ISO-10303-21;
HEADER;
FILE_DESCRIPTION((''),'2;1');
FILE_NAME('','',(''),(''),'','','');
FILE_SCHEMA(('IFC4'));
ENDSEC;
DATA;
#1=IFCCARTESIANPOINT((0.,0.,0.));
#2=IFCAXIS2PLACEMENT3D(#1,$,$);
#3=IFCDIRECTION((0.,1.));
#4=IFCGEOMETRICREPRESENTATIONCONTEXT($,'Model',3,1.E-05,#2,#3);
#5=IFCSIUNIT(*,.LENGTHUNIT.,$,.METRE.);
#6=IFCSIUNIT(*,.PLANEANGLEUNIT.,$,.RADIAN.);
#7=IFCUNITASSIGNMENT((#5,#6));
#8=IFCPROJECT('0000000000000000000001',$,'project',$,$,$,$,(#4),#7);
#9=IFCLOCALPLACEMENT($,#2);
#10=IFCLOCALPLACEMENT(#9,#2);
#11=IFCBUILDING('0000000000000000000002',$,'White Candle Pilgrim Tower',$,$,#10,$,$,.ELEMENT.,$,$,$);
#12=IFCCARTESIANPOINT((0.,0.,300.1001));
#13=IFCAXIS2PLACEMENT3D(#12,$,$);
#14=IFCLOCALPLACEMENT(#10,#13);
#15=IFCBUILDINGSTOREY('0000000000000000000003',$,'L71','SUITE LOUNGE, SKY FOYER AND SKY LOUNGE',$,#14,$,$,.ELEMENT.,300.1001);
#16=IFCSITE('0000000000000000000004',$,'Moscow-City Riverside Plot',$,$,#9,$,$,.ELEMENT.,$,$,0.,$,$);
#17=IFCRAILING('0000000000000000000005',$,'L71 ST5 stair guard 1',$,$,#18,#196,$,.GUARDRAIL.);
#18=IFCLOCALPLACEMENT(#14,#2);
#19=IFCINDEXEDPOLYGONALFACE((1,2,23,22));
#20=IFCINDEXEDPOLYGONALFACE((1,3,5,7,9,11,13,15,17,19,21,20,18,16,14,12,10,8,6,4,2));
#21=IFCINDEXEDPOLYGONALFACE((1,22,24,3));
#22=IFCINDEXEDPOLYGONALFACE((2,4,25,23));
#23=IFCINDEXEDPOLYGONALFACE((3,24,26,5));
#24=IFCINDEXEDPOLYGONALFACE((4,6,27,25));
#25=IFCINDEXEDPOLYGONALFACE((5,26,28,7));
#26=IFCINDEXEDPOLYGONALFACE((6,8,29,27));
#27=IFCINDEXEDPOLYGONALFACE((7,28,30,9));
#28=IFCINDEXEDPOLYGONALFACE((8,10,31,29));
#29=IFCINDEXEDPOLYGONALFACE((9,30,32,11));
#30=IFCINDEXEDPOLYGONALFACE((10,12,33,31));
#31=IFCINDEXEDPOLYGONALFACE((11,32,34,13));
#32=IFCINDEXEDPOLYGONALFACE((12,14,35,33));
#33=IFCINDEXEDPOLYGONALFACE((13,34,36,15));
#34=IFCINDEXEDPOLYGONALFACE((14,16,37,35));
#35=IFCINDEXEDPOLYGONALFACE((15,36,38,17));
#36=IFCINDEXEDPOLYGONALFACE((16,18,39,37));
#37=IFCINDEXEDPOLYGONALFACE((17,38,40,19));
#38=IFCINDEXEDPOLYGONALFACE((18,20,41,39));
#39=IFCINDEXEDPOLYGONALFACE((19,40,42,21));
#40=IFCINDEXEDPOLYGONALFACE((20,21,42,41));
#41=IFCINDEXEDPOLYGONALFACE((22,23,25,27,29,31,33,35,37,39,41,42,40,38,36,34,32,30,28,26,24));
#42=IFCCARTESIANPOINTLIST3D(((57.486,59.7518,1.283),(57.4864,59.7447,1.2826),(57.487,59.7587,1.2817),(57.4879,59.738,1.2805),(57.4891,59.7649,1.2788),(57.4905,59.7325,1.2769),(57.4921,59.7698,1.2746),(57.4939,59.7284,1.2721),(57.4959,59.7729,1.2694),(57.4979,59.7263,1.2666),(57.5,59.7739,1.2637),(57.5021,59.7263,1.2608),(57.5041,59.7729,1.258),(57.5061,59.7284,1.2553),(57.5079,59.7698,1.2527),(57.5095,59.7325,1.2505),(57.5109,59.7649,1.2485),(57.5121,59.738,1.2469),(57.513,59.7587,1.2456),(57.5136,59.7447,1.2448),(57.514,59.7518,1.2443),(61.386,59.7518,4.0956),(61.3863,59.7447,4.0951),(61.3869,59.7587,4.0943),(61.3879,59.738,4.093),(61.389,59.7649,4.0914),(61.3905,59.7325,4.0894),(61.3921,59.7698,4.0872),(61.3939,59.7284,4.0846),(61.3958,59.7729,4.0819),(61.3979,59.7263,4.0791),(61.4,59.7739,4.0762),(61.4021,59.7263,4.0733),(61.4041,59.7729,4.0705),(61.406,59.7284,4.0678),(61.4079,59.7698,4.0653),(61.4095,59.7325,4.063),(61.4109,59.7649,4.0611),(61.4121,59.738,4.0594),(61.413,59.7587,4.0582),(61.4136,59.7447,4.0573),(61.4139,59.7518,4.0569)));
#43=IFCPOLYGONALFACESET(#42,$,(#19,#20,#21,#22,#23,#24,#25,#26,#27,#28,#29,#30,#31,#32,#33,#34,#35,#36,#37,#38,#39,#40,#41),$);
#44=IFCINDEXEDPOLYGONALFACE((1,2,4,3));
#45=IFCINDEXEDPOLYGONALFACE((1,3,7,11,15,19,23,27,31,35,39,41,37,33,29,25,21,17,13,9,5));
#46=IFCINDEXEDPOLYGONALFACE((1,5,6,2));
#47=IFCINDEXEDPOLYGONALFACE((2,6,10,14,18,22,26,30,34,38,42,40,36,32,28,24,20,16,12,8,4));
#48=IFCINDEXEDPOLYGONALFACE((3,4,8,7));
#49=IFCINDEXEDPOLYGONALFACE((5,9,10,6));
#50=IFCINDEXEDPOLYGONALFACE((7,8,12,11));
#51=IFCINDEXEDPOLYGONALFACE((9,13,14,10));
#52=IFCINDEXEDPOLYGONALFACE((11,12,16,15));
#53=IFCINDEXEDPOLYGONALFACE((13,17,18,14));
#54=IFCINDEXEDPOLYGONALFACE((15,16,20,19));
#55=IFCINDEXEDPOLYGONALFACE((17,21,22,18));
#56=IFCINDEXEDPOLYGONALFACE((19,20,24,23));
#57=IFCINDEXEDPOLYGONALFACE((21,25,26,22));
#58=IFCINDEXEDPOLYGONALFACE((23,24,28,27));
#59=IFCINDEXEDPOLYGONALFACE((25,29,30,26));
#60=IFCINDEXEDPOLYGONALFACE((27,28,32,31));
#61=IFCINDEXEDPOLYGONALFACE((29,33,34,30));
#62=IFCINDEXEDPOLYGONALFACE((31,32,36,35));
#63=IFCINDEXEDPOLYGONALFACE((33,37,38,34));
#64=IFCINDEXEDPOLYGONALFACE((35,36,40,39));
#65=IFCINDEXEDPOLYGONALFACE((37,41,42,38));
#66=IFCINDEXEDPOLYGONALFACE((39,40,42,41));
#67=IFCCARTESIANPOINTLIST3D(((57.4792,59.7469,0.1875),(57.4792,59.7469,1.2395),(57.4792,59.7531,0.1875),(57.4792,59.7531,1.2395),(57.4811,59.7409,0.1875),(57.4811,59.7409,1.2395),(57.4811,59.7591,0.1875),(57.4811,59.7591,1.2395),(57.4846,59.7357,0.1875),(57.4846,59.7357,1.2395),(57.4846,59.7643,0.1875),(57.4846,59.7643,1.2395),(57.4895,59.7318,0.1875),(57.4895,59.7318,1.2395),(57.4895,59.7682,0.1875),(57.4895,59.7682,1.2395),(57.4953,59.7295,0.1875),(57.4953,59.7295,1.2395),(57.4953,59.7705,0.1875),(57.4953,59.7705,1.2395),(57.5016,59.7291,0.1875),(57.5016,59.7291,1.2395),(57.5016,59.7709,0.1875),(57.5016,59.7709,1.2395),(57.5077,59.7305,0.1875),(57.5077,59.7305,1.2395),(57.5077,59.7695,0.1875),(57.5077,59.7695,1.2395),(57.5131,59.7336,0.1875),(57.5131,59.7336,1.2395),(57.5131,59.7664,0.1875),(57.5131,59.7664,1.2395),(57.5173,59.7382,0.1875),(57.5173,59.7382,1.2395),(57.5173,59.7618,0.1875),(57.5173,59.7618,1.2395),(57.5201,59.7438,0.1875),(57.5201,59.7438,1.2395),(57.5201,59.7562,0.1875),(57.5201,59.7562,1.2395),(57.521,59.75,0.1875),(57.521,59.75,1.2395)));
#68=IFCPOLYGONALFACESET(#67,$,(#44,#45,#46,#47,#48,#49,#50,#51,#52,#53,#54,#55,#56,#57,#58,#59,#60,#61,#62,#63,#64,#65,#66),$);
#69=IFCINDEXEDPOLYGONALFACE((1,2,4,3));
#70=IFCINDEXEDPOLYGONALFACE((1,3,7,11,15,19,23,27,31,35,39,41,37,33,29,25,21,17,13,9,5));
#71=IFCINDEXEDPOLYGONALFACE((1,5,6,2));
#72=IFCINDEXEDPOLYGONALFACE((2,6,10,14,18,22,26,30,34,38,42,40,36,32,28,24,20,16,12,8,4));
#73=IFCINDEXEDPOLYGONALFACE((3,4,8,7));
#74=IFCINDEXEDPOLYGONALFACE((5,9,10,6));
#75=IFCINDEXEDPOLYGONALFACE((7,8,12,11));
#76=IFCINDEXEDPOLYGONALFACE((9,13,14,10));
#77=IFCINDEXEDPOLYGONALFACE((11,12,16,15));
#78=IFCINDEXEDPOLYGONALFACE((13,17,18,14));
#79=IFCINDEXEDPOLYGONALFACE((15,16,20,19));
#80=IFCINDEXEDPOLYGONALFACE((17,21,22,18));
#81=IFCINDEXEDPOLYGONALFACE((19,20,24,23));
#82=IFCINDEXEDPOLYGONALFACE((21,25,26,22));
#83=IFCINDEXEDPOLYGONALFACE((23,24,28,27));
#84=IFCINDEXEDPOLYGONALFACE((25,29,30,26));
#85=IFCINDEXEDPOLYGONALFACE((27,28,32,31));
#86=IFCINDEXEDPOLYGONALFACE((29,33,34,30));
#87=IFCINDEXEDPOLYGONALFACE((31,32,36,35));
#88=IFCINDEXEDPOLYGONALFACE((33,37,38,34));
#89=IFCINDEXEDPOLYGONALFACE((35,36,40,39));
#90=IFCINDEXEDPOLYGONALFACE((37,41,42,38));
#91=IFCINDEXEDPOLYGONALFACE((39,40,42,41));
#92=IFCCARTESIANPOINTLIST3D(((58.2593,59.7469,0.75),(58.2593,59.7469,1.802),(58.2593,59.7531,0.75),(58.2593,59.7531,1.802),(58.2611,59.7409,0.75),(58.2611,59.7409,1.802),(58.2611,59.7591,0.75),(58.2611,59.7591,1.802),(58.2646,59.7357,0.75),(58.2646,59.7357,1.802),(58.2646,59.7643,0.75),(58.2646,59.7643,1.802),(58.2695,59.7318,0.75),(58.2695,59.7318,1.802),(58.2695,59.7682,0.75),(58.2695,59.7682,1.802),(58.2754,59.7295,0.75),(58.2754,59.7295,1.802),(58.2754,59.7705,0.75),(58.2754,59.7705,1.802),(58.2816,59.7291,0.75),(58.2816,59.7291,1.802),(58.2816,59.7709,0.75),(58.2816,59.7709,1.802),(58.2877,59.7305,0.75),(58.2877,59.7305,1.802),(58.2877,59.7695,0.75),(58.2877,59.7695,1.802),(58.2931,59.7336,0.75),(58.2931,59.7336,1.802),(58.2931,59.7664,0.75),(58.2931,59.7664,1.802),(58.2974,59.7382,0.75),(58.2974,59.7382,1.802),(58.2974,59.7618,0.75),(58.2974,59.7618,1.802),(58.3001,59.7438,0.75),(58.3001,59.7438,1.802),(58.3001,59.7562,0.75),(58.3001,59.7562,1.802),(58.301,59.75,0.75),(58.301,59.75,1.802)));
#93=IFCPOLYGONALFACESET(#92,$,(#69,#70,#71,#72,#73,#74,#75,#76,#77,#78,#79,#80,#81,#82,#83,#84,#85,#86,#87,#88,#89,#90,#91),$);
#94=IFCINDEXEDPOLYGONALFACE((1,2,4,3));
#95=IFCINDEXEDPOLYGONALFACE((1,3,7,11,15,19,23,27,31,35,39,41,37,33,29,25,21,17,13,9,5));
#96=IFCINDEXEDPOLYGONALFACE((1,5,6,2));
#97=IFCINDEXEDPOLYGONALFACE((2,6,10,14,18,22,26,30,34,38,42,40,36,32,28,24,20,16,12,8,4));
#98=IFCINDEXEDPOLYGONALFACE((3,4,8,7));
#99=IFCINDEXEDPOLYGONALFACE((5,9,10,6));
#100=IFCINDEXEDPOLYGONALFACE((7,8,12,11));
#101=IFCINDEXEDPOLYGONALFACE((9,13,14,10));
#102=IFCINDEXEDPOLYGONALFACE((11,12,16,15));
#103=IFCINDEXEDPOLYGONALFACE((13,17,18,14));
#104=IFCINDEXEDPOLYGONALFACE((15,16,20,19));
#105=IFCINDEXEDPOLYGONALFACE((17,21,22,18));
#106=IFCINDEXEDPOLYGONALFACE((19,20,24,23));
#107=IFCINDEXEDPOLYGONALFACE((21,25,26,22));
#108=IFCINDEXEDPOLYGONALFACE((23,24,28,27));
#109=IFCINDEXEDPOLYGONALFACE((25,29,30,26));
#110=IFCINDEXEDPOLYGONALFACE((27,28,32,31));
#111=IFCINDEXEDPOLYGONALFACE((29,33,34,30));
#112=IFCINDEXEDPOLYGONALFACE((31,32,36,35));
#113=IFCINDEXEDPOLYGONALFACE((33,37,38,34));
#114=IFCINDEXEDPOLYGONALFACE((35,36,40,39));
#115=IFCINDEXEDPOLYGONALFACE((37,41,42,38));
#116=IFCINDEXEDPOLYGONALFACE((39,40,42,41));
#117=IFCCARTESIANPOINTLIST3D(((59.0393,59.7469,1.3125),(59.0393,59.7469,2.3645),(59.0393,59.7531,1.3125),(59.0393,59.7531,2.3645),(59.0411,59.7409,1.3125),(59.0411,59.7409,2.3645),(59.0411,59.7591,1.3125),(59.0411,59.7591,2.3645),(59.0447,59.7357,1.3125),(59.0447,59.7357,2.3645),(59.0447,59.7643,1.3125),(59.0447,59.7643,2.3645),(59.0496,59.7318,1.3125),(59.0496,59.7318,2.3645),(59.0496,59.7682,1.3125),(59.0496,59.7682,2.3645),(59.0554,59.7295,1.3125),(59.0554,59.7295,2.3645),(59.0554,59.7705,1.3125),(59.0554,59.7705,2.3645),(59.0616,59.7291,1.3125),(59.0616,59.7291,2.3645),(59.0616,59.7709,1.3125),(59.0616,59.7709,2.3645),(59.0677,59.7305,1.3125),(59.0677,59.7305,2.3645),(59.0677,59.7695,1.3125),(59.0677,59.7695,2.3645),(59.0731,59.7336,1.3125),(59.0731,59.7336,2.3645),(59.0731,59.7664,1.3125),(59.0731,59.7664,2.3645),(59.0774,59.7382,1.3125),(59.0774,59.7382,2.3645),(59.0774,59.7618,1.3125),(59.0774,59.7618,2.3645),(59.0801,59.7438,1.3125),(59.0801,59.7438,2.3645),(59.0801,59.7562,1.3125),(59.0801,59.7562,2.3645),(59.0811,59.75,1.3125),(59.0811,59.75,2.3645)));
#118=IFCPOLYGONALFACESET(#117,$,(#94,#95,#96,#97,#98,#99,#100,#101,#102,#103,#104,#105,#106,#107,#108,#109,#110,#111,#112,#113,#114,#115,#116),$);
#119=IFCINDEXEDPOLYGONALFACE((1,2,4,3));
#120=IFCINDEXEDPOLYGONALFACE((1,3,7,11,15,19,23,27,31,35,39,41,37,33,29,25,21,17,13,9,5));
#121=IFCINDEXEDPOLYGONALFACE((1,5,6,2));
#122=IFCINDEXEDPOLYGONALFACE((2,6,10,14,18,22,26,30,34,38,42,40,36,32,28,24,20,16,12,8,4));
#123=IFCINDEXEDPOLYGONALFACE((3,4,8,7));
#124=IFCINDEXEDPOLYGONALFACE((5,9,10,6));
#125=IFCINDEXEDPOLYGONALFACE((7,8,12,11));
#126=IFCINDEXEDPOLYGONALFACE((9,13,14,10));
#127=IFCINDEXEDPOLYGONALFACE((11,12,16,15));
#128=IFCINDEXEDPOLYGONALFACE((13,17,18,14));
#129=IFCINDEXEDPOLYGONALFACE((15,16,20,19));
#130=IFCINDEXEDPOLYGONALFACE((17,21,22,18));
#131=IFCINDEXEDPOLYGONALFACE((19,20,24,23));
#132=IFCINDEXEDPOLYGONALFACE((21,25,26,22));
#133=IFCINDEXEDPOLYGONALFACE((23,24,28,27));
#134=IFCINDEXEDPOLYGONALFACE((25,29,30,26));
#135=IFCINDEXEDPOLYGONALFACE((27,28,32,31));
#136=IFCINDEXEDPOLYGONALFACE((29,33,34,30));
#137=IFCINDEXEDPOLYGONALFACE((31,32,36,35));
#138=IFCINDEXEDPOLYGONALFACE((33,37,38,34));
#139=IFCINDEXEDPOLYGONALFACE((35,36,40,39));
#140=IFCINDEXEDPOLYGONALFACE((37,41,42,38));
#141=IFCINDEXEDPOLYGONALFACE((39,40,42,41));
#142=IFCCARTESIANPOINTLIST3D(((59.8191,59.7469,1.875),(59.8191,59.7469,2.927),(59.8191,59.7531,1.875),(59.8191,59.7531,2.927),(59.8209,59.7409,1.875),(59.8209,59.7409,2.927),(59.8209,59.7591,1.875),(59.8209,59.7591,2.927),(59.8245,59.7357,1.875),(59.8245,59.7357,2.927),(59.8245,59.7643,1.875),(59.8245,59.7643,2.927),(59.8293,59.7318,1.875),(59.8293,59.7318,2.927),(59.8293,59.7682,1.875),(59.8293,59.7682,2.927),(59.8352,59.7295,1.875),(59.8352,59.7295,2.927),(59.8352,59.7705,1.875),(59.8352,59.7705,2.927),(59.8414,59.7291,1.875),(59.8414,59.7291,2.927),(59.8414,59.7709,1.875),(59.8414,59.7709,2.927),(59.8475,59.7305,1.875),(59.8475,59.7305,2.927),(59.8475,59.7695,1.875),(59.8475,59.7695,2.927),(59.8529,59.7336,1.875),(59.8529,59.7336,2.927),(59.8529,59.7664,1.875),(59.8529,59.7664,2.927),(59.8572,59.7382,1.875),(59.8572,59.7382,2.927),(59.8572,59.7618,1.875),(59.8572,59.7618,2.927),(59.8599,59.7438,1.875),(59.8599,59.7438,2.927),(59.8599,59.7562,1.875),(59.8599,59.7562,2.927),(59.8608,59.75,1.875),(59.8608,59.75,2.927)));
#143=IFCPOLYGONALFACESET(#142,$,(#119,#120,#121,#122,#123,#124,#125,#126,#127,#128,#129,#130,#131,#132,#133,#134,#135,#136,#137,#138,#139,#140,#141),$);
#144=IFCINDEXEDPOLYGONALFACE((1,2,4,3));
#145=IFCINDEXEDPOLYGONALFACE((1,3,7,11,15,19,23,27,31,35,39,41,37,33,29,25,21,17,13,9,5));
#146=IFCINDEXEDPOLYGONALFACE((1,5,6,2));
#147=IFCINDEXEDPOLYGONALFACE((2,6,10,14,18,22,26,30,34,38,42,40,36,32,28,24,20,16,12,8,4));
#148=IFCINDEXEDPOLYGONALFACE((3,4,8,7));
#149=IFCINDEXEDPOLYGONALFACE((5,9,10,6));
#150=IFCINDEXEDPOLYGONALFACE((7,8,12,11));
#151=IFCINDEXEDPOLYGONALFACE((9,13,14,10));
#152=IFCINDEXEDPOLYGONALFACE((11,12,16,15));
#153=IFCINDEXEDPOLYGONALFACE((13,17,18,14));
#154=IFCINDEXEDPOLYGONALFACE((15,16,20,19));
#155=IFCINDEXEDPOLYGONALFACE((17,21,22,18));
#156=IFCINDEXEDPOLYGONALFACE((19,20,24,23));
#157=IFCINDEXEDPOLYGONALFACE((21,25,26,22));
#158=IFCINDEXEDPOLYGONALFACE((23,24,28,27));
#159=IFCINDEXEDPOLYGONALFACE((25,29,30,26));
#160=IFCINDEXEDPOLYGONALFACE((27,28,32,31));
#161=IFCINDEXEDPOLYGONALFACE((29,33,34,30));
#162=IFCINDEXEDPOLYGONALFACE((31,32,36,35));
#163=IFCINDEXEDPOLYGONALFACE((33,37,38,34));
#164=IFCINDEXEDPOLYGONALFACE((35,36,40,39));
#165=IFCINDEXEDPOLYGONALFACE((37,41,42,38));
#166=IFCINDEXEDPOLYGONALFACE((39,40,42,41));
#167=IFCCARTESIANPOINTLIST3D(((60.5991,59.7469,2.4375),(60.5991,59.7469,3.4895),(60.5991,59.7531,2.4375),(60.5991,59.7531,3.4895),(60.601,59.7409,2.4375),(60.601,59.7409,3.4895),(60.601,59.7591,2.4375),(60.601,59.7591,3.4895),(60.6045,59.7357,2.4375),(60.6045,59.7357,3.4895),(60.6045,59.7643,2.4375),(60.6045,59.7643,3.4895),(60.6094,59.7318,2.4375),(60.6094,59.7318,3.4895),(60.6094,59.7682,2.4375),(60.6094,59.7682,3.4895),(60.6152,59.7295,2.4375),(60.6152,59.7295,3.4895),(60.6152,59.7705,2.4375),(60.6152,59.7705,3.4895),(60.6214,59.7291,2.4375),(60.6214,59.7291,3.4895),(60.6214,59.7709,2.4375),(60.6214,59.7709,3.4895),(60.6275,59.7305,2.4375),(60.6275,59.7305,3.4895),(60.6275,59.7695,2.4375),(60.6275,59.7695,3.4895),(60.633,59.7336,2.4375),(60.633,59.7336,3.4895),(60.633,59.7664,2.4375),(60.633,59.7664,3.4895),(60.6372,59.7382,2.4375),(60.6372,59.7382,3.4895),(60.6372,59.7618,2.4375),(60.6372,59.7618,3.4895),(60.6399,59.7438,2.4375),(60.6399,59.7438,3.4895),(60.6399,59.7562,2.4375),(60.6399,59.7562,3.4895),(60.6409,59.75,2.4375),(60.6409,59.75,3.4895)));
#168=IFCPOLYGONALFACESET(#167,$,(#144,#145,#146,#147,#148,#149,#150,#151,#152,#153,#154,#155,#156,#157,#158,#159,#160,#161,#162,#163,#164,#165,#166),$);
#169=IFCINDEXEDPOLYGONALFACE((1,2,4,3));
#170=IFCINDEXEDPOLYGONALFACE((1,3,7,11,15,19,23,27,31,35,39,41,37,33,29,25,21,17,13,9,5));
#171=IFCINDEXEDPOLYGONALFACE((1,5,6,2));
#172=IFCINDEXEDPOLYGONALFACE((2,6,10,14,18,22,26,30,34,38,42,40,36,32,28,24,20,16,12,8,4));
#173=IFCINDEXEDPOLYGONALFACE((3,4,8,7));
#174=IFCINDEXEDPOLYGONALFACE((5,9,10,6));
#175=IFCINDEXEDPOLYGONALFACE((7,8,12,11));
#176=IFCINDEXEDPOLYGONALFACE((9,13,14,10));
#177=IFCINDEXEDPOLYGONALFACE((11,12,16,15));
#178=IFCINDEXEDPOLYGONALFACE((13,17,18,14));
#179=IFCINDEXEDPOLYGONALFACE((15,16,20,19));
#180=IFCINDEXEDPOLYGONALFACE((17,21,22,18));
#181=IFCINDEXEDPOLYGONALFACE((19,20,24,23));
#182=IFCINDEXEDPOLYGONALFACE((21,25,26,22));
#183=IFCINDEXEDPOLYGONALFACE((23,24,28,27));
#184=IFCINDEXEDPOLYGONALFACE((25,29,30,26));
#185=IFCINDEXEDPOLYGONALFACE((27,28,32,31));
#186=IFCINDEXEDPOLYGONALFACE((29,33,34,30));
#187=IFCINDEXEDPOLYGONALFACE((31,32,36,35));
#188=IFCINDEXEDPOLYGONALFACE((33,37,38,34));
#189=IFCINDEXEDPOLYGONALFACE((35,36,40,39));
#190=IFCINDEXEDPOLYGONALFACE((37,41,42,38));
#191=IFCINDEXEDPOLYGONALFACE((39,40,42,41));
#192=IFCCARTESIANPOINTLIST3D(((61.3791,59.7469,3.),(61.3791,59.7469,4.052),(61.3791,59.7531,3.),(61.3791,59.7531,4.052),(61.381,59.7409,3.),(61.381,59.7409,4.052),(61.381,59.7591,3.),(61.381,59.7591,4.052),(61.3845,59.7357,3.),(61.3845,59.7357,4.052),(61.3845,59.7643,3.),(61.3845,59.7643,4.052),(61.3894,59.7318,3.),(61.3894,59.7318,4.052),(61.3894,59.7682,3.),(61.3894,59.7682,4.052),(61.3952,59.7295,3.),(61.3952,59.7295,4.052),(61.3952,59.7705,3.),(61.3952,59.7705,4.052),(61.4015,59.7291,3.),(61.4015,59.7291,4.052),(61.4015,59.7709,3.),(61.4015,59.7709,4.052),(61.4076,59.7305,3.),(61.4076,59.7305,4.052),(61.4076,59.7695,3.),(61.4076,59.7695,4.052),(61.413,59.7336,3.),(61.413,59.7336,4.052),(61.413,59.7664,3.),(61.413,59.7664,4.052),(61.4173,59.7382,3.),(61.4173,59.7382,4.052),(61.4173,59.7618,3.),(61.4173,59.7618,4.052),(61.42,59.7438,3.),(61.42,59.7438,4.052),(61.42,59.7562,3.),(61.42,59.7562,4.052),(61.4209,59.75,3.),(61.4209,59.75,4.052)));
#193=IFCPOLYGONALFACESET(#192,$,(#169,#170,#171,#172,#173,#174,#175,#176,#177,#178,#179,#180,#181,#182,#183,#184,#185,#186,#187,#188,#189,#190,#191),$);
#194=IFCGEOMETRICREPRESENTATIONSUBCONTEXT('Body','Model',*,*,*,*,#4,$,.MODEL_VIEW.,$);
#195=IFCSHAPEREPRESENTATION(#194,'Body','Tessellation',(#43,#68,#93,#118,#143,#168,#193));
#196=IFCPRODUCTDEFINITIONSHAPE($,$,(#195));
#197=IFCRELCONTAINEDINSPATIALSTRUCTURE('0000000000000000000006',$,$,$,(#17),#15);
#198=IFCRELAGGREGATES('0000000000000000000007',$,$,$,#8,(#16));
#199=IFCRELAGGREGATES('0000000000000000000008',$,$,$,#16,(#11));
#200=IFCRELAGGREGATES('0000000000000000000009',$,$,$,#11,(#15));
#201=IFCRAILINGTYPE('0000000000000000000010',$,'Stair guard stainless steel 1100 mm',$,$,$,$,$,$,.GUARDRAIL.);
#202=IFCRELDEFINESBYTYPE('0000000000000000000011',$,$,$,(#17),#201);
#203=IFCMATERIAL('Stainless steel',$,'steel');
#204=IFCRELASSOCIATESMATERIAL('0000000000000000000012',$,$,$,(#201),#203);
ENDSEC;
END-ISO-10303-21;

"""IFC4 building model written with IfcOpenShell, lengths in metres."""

from ifc_helpers import new_model, si_unit, direction, frame, origin, origin_2d, place, context, subcontext, project, spatial, circle, extrude, material, type_object, element, save


model = new_model("IFC4")

# Units and contexts
model_context = context("Model", 3, precision=1e-05, world=origin(), true_north=direction((0.0, 1.0)))
body_context = subcontext(model_context, "Body", "Model", "MODEL_VIEW")
ifc_project = project(units=[si_unit("LENGTHUNIT", "METRE"), si_unit("PLANEANGLEUNIT", "RADIAN")], contexts=[model_context])

# Site, building, storey
site_placement = place(None, origin())
site = spatial("IfcSite", under=ifc_project, at=site_placement, Name="Moscow-City Riverside Plot", CompositionType="ELEMENT", RefElevation=0.0)
building_placement = place(site_placement, origin())
building = spatial("IfcBuilding", under=site, at=building_placement, Name="White Candle Pilgrim Tower", CompositionType="ELEMENT")
storey_placement = place(building_placement, frame((0.0, 0.0, 300.1001)))
storey = spatial("IfcBuildingStorey", under=building, at=storey_placement, Name="L71", Description="SUITE LOUNGE, SKY FOYER AND SKY LOUNGE", CompositionType="ELEMENT", Elevation=300.1001)

# Railing
ifc_material_1 = material(Name="Stainless steel", Category="steel")
railing_type_1 = type_object("IfcRailingType", Name="Stair guard stainless steel 1100 mm", PredefinedType="GUARDRAIL", material=ifc_material_1)
railing_1_placement = place(storey_placement, frame((57.5, 59.75, 0.1875)))
element("IfcRailing", 1, at=railing_1_placement, inside=storey, type_object=railing_type_1, Name="L71 ST5 stair guard 1", PredefinedType="GUARDRAIL", context=body_context, shape_type="SweptSolid", body=[
    extrude(circle(Radius=0.0239, at=origin_2d()), frame((0.0, 0.0, 1.0762), z_axis=(0.811083, 0.0, 0.584931), x_axis=(0.0, 1.0, 0.0)), (0.0, 0.0, 1.0), 4.8083),
    extrude(circle(Radius=0.021, at=origin_2d()), origin(), (0.0, 0.0, 1.0), 1.052),
    extrude(circle(Radius=0.021, at=origin_2d()), frame((0.78, 0.0, 0.5625)), (0.0, 0.0, 1.0), 1.052),
    extrude(circle(Radius=0.021, at=origin_2d()), frame((1.5601, 0.0, 1.125)), (0.0, 0.0, 1.0), 1.052),
    extrude(circle(Radius=0.021, at=origin_2d()), frame((2.3398, 0.0, 1.6875)), (0.0, 0.0, 1.0), 1.052),
    extrude(circle(Radius=0.021, at=origin_2d()), frame((3.1199, 0.0, 2.25)), (0.0, 0.0, 1.0), 1.052),
    extrude(circle(Radius=0.021, at=origin_2d()), frame((3.8999, 0.0, 2.8125)), (0.0, 0.0, 1.0), 1.052),
])

save(model, "model.ifc")
